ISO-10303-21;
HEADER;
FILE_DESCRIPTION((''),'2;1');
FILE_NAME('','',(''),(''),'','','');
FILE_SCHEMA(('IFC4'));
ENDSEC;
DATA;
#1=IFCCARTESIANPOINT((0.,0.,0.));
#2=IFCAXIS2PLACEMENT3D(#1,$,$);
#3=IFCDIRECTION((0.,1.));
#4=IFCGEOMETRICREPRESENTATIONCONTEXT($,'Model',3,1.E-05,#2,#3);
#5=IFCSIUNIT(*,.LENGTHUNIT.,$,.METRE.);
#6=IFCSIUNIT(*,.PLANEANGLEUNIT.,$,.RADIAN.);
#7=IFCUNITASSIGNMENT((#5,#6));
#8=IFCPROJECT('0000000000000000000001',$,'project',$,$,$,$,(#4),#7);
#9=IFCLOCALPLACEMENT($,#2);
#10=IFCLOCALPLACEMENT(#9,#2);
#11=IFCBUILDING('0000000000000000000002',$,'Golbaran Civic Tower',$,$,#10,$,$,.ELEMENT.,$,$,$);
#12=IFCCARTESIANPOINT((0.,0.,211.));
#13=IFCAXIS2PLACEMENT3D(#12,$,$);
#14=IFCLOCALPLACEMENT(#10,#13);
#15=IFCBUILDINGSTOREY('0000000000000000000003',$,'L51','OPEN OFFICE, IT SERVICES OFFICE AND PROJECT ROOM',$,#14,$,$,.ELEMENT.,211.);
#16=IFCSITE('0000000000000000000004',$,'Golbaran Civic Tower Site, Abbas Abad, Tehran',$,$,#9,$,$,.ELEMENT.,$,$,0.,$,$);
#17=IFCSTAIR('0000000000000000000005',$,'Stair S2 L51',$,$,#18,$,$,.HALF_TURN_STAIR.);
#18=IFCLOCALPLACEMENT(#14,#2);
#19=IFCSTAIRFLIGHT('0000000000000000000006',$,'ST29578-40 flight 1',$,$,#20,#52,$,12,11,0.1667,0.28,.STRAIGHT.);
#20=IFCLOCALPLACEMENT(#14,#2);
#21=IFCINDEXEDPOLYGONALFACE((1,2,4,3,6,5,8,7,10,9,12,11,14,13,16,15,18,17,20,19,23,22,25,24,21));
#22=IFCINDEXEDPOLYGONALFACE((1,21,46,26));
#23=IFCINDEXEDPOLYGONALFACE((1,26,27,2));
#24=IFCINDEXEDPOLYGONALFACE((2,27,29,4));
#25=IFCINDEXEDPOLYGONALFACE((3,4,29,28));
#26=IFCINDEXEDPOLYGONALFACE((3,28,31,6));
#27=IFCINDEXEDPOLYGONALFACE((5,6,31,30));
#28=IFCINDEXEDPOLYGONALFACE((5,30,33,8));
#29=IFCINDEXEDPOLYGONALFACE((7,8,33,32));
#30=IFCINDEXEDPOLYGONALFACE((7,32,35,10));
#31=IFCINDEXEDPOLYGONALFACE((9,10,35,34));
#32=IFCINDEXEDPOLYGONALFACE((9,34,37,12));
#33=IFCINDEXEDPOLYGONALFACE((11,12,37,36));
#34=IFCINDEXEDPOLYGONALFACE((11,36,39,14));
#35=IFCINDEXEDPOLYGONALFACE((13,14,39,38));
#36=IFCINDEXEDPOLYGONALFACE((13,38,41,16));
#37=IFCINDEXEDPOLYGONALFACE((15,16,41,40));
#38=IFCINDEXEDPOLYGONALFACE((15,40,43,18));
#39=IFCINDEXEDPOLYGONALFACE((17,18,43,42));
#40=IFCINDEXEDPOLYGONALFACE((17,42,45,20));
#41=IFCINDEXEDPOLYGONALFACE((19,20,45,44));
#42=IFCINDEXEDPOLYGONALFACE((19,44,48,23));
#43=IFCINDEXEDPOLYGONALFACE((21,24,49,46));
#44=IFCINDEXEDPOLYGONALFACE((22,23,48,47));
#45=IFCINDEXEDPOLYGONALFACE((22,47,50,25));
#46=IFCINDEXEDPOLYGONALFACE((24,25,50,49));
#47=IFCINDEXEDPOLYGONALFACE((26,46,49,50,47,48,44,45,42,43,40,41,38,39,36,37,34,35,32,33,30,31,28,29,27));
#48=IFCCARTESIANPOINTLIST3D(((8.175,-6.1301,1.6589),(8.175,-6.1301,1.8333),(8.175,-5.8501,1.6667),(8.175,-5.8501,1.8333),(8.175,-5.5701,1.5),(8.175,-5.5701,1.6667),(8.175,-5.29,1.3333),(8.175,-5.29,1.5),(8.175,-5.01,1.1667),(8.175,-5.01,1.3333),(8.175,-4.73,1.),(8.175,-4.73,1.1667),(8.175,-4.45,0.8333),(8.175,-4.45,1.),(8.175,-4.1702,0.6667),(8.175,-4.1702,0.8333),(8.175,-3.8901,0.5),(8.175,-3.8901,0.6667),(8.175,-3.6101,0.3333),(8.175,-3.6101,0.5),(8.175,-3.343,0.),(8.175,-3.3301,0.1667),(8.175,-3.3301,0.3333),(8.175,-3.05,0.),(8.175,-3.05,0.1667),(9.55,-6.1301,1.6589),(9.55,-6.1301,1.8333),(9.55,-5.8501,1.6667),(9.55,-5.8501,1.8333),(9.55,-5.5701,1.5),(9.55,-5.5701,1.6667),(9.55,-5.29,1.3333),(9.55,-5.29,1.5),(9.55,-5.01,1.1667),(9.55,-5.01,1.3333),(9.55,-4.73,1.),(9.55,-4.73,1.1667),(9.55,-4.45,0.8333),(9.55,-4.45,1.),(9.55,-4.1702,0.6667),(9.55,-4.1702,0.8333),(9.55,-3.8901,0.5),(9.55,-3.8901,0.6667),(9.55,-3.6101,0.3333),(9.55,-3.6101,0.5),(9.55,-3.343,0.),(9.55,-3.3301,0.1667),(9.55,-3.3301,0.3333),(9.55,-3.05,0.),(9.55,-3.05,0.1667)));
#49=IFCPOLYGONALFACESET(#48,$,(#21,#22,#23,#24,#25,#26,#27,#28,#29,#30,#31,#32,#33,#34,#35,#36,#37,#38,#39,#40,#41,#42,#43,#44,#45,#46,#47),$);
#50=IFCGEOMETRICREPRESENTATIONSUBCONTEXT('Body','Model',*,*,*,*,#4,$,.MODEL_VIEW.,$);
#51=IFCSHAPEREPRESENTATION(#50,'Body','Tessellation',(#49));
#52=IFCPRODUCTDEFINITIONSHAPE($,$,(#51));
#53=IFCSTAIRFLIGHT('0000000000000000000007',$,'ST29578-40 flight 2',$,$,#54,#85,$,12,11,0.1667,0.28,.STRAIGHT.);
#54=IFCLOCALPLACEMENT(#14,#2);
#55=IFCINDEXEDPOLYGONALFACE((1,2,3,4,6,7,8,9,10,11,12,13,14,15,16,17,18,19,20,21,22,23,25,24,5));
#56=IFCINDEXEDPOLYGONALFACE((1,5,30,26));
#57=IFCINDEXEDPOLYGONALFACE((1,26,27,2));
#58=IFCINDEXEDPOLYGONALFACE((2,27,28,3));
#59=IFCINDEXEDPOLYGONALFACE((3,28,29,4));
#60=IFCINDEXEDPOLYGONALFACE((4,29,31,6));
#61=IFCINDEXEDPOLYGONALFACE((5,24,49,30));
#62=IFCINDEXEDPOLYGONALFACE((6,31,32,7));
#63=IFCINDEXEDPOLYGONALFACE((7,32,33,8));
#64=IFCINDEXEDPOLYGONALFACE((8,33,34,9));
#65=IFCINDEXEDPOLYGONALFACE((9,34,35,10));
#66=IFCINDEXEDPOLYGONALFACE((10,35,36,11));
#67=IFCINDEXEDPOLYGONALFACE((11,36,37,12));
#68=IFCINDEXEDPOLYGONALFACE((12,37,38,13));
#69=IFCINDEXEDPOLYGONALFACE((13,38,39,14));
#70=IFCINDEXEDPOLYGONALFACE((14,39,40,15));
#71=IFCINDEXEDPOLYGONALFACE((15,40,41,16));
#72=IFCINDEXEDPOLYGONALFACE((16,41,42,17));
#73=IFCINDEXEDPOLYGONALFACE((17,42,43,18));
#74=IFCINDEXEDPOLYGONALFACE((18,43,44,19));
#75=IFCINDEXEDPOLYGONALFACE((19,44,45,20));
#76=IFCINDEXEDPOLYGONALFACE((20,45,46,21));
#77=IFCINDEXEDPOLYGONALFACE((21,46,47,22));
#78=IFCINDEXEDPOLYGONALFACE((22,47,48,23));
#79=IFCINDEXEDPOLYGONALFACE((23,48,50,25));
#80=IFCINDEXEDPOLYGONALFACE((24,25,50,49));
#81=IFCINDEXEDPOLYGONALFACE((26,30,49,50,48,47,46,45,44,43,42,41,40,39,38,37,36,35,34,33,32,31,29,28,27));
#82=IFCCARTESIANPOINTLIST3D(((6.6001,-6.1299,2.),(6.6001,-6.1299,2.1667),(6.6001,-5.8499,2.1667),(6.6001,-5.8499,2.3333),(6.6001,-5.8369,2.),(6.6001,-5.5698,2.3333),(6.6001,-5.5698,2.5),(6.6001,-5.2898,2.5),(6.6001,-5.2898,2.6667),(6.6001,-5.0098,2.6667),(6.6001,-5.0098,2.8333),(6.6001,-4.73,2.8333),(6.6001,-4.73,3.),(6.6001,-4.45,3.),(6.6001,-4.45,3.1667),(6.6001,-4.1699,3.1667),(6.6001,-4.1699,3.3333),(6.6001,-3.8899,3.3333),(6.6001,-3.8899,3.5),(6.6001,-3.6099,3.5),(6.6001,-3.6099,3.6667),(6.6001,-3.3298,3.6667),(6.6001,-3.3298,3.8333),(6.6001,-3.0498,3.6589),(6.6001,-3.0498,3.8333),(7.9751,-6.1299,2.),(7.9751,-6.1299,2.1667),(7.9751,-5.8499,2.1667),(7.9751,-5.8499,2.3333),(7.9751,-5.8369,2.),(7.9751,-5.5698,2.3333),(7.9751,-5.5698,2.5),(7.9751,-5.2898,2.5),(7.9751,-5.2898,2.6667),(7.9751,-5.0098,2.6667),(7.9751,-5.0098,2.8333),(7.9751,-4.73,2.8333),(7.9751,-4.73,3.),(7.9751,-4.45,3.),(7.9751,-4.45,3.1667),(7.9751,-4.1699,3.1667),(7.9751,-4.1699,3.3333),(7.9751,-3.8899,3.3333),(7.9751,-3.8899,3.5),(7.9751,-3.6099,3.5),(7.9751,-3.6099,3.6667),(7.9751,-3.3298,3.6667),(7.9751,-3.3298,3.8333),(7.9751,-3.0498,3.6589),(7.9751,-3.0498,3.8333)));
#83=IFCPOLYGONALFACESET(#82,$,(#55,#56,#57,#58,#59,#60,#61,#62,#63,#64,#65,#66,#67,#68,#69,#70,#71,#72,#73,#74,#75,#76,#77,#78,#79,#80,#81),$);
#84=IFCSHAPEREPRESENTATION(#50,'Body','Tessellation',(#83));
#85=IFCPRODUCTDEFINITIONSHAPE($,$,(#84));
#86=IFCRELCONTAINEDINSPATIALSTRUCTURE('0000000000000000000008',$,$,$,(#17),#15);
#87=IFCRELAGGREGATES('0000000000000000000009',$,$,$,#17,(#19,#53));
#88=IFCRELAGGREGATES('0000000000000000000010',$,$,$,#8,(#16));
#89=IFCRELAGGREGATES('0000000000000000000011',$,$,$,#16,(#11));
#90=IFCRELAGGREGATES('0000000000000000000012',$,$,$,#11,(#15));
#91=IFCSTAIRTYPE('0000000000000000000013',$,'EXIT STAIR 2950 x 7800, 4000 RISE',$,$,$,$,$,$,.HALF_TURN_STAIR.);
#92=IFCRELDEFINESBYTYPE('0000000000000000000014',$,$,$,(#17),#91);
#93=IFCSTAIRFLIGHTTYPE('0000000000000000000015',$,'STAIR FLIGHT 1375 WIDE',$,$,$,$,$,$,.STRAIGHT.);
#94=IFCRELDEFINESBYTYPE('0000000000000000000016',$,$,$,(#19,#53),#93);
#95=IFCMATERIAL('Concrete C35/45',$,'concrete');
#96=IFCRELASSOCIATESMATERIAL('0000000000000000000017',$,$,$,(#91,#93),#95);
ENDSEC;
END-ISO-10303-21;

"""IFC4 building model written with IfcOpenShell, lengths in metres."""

from ifc_helpers import new_model, si_unit, direction, frame, origin, place, context, subcontext, project, spatial, polyline, outline, extrude, material, type_object, element, aggregate, save


model = new_model("IFC4")

# Units and contexts
model_context = context("Model", 3, precision=1e-05, world=origin(), true_north=direction((0.0, 1.0)))
body_context = subcontext(model_context, "Body", "Model", "MODEL_VIEW")
ifc_project = project(units=[si_unit("LENGTHUNIT", "METRE"), si_unit("PLANEANGLEUNIT", "RADIAN")], contexts=[model_context])

# Site, building, storey
site_placement = place(None, origin())
site = spatial("IfcSite", under=ifc_project, at=site_placement, Name="Golbaran Civic Tower Site, Abbas Abad, Tehran", CompositionType="ELEMENT", RefElevation=0.0)
building_placement = place(site_placement, origin())
building = spatial("IfcBuilding", under=site, at=building_placement, Name="Golbaran Civic Tower", CompositionType="ELEMENT")
storey_placement = place(building_placement, frame((0.0, 0.0, 211.0)))
storey = spatial("IfcBuildingStorey", under=building, at=storey_placement, Name="L51", Description="OPEN OFFICE, IT SERVICES OFFICE AND PROJECT ROOM", CompositionType="ELEMENT", Elevation=211.0)

# Shared definitions
ifc_material_1 = material(Name="Concrete C35/45", Category="concrete")

# Shared definitions
stair_type = type_object("IfcStairType", Name="EXIT STAIR 2950 x 7800, 4000 RISE", PredefinedType="HALF_TURN_STAIR", material=ifc_material_1)

# Stair, stair flights
stair_1_placement = place(storey_placement, origin())
stair_1 = element("IfcStair", 1, at=stair_1_placement, inside=storey, type_object=stair_type, Name="Stair S2 L51", PredefinedType="HALF_TURN_STAIR")
stair_flight_type = type_object("IfcStairFlightType", Name="STAIR FLIGHT 1375 WIDE", PredefinedType="STRAIGHT", material=ifc_material_1)
stair_flight_1_placement = place(storey_placement, frame((8.8625, -3.05, 0.0), z_axis=(0.0, 0.0, 1.0), x_axis=(0.0, -1.0, 0.0)))
stair_flight_1 = element("IfcStairFlight", 2, at=stair_flight_1_placement, type_object=stair_flight_type, Name="ST29578-40 flight 1", NumberOfRisers=12, NumberOfTreads=11, PredefinedType="STRAIGHT", RiserHeight=0.1667, TreadLength=0.28, context=body_context, shape_type="SweptSolid", body=[
    extrude(outline(polyline([(0.0, 0.0), (0.0, 0.1667), (0.28, 0.1667), (0.28, 0.3333), (0.5601, 0.3333), (0.5601, 0.5), (0.8401, 0.5), (0.8401, 0.6667), (1.1201, 0.6667), (1.1201, 0.8333), (1.3999, 0.8333), (1.3999, 1.0), (1.6799, 1.0), (1.6799, 1.1667), (1.96, 1.1667), (1.96, 1.3333), (2.24, 1.3333), (2.24, 1.5), (2.52, 1.5), (2.52, 1.6667), (2.8, 1.6667), (2.8, 1.8333), (3.0801, 1.8333), (3.0801, 2.0), (3.0801, 1.6589), (0.293, 0.0), (0.0, 0.0)])), frame((0.0, 0.6875, 0.0), z_axis=(0.0, -1.0, 0.0), x_axis=(1.0, 0.0, 0.0)), (0.0, 0.0, 1.0), 1.375),
])
stair_flight_2_placement = place(storey_placement, frame((7.2876, -6.1299, 2.0), z_axis=(0.0, 0.0, 1.0), x_axis=(0.0, 1.0, 0.0)))
stair_flight_2 = element("IfcStairFlight", 3, at=stair_flight_2_placement, type_object=stair_flight_type, Name="ST29578-40 flight 2", NumberOfRisers=12, NumberOfTreads=11, PredefinedType="STRAIGHT", RiserHeight=0.1667, TreadLength=0.28, context=body_context, shape_type="SweptSolid", body=[
    extrude(outline(polyline([(0.0, 0.0), (0.0, 0.1667), (0.28, 0.1667), (0.28, 0.3333), (0.5601, 0.3333), (0.5601, 0.5), (0.8401, 0.5), (0.8401, 0.6667), (1.1201, 0.6667), (1.1201, 0.8333), (1.3999, 0.8333), (1.3999, 1.0), (1.6799, 1.0), (1.6799, 1.1667), (1.96, 1.1667), (1.96, 1.3333), (2.24, 1.3333), (2.24, 1.5), (2.52, 1.5), (2.52, 1.6667), (2.8, 1.6667), (2.8, 1.8333), (3.0801, 1.8333), (3.0801, 2.0), (3.0801, 1.6589), (0.293, 0.0), (0.0, 0.0)])), frame((0.0, 0.6875, 0.0), z_axis=(0.0, -1.0, 0.0), x_axis=(1.0, 0.0, 0.0)), (0.0, 0.0, 1.0), 1.375),
])
aggregate(stair_1, [stair_flight_1, stair_flight_2])

save(model, "model.ifc")
